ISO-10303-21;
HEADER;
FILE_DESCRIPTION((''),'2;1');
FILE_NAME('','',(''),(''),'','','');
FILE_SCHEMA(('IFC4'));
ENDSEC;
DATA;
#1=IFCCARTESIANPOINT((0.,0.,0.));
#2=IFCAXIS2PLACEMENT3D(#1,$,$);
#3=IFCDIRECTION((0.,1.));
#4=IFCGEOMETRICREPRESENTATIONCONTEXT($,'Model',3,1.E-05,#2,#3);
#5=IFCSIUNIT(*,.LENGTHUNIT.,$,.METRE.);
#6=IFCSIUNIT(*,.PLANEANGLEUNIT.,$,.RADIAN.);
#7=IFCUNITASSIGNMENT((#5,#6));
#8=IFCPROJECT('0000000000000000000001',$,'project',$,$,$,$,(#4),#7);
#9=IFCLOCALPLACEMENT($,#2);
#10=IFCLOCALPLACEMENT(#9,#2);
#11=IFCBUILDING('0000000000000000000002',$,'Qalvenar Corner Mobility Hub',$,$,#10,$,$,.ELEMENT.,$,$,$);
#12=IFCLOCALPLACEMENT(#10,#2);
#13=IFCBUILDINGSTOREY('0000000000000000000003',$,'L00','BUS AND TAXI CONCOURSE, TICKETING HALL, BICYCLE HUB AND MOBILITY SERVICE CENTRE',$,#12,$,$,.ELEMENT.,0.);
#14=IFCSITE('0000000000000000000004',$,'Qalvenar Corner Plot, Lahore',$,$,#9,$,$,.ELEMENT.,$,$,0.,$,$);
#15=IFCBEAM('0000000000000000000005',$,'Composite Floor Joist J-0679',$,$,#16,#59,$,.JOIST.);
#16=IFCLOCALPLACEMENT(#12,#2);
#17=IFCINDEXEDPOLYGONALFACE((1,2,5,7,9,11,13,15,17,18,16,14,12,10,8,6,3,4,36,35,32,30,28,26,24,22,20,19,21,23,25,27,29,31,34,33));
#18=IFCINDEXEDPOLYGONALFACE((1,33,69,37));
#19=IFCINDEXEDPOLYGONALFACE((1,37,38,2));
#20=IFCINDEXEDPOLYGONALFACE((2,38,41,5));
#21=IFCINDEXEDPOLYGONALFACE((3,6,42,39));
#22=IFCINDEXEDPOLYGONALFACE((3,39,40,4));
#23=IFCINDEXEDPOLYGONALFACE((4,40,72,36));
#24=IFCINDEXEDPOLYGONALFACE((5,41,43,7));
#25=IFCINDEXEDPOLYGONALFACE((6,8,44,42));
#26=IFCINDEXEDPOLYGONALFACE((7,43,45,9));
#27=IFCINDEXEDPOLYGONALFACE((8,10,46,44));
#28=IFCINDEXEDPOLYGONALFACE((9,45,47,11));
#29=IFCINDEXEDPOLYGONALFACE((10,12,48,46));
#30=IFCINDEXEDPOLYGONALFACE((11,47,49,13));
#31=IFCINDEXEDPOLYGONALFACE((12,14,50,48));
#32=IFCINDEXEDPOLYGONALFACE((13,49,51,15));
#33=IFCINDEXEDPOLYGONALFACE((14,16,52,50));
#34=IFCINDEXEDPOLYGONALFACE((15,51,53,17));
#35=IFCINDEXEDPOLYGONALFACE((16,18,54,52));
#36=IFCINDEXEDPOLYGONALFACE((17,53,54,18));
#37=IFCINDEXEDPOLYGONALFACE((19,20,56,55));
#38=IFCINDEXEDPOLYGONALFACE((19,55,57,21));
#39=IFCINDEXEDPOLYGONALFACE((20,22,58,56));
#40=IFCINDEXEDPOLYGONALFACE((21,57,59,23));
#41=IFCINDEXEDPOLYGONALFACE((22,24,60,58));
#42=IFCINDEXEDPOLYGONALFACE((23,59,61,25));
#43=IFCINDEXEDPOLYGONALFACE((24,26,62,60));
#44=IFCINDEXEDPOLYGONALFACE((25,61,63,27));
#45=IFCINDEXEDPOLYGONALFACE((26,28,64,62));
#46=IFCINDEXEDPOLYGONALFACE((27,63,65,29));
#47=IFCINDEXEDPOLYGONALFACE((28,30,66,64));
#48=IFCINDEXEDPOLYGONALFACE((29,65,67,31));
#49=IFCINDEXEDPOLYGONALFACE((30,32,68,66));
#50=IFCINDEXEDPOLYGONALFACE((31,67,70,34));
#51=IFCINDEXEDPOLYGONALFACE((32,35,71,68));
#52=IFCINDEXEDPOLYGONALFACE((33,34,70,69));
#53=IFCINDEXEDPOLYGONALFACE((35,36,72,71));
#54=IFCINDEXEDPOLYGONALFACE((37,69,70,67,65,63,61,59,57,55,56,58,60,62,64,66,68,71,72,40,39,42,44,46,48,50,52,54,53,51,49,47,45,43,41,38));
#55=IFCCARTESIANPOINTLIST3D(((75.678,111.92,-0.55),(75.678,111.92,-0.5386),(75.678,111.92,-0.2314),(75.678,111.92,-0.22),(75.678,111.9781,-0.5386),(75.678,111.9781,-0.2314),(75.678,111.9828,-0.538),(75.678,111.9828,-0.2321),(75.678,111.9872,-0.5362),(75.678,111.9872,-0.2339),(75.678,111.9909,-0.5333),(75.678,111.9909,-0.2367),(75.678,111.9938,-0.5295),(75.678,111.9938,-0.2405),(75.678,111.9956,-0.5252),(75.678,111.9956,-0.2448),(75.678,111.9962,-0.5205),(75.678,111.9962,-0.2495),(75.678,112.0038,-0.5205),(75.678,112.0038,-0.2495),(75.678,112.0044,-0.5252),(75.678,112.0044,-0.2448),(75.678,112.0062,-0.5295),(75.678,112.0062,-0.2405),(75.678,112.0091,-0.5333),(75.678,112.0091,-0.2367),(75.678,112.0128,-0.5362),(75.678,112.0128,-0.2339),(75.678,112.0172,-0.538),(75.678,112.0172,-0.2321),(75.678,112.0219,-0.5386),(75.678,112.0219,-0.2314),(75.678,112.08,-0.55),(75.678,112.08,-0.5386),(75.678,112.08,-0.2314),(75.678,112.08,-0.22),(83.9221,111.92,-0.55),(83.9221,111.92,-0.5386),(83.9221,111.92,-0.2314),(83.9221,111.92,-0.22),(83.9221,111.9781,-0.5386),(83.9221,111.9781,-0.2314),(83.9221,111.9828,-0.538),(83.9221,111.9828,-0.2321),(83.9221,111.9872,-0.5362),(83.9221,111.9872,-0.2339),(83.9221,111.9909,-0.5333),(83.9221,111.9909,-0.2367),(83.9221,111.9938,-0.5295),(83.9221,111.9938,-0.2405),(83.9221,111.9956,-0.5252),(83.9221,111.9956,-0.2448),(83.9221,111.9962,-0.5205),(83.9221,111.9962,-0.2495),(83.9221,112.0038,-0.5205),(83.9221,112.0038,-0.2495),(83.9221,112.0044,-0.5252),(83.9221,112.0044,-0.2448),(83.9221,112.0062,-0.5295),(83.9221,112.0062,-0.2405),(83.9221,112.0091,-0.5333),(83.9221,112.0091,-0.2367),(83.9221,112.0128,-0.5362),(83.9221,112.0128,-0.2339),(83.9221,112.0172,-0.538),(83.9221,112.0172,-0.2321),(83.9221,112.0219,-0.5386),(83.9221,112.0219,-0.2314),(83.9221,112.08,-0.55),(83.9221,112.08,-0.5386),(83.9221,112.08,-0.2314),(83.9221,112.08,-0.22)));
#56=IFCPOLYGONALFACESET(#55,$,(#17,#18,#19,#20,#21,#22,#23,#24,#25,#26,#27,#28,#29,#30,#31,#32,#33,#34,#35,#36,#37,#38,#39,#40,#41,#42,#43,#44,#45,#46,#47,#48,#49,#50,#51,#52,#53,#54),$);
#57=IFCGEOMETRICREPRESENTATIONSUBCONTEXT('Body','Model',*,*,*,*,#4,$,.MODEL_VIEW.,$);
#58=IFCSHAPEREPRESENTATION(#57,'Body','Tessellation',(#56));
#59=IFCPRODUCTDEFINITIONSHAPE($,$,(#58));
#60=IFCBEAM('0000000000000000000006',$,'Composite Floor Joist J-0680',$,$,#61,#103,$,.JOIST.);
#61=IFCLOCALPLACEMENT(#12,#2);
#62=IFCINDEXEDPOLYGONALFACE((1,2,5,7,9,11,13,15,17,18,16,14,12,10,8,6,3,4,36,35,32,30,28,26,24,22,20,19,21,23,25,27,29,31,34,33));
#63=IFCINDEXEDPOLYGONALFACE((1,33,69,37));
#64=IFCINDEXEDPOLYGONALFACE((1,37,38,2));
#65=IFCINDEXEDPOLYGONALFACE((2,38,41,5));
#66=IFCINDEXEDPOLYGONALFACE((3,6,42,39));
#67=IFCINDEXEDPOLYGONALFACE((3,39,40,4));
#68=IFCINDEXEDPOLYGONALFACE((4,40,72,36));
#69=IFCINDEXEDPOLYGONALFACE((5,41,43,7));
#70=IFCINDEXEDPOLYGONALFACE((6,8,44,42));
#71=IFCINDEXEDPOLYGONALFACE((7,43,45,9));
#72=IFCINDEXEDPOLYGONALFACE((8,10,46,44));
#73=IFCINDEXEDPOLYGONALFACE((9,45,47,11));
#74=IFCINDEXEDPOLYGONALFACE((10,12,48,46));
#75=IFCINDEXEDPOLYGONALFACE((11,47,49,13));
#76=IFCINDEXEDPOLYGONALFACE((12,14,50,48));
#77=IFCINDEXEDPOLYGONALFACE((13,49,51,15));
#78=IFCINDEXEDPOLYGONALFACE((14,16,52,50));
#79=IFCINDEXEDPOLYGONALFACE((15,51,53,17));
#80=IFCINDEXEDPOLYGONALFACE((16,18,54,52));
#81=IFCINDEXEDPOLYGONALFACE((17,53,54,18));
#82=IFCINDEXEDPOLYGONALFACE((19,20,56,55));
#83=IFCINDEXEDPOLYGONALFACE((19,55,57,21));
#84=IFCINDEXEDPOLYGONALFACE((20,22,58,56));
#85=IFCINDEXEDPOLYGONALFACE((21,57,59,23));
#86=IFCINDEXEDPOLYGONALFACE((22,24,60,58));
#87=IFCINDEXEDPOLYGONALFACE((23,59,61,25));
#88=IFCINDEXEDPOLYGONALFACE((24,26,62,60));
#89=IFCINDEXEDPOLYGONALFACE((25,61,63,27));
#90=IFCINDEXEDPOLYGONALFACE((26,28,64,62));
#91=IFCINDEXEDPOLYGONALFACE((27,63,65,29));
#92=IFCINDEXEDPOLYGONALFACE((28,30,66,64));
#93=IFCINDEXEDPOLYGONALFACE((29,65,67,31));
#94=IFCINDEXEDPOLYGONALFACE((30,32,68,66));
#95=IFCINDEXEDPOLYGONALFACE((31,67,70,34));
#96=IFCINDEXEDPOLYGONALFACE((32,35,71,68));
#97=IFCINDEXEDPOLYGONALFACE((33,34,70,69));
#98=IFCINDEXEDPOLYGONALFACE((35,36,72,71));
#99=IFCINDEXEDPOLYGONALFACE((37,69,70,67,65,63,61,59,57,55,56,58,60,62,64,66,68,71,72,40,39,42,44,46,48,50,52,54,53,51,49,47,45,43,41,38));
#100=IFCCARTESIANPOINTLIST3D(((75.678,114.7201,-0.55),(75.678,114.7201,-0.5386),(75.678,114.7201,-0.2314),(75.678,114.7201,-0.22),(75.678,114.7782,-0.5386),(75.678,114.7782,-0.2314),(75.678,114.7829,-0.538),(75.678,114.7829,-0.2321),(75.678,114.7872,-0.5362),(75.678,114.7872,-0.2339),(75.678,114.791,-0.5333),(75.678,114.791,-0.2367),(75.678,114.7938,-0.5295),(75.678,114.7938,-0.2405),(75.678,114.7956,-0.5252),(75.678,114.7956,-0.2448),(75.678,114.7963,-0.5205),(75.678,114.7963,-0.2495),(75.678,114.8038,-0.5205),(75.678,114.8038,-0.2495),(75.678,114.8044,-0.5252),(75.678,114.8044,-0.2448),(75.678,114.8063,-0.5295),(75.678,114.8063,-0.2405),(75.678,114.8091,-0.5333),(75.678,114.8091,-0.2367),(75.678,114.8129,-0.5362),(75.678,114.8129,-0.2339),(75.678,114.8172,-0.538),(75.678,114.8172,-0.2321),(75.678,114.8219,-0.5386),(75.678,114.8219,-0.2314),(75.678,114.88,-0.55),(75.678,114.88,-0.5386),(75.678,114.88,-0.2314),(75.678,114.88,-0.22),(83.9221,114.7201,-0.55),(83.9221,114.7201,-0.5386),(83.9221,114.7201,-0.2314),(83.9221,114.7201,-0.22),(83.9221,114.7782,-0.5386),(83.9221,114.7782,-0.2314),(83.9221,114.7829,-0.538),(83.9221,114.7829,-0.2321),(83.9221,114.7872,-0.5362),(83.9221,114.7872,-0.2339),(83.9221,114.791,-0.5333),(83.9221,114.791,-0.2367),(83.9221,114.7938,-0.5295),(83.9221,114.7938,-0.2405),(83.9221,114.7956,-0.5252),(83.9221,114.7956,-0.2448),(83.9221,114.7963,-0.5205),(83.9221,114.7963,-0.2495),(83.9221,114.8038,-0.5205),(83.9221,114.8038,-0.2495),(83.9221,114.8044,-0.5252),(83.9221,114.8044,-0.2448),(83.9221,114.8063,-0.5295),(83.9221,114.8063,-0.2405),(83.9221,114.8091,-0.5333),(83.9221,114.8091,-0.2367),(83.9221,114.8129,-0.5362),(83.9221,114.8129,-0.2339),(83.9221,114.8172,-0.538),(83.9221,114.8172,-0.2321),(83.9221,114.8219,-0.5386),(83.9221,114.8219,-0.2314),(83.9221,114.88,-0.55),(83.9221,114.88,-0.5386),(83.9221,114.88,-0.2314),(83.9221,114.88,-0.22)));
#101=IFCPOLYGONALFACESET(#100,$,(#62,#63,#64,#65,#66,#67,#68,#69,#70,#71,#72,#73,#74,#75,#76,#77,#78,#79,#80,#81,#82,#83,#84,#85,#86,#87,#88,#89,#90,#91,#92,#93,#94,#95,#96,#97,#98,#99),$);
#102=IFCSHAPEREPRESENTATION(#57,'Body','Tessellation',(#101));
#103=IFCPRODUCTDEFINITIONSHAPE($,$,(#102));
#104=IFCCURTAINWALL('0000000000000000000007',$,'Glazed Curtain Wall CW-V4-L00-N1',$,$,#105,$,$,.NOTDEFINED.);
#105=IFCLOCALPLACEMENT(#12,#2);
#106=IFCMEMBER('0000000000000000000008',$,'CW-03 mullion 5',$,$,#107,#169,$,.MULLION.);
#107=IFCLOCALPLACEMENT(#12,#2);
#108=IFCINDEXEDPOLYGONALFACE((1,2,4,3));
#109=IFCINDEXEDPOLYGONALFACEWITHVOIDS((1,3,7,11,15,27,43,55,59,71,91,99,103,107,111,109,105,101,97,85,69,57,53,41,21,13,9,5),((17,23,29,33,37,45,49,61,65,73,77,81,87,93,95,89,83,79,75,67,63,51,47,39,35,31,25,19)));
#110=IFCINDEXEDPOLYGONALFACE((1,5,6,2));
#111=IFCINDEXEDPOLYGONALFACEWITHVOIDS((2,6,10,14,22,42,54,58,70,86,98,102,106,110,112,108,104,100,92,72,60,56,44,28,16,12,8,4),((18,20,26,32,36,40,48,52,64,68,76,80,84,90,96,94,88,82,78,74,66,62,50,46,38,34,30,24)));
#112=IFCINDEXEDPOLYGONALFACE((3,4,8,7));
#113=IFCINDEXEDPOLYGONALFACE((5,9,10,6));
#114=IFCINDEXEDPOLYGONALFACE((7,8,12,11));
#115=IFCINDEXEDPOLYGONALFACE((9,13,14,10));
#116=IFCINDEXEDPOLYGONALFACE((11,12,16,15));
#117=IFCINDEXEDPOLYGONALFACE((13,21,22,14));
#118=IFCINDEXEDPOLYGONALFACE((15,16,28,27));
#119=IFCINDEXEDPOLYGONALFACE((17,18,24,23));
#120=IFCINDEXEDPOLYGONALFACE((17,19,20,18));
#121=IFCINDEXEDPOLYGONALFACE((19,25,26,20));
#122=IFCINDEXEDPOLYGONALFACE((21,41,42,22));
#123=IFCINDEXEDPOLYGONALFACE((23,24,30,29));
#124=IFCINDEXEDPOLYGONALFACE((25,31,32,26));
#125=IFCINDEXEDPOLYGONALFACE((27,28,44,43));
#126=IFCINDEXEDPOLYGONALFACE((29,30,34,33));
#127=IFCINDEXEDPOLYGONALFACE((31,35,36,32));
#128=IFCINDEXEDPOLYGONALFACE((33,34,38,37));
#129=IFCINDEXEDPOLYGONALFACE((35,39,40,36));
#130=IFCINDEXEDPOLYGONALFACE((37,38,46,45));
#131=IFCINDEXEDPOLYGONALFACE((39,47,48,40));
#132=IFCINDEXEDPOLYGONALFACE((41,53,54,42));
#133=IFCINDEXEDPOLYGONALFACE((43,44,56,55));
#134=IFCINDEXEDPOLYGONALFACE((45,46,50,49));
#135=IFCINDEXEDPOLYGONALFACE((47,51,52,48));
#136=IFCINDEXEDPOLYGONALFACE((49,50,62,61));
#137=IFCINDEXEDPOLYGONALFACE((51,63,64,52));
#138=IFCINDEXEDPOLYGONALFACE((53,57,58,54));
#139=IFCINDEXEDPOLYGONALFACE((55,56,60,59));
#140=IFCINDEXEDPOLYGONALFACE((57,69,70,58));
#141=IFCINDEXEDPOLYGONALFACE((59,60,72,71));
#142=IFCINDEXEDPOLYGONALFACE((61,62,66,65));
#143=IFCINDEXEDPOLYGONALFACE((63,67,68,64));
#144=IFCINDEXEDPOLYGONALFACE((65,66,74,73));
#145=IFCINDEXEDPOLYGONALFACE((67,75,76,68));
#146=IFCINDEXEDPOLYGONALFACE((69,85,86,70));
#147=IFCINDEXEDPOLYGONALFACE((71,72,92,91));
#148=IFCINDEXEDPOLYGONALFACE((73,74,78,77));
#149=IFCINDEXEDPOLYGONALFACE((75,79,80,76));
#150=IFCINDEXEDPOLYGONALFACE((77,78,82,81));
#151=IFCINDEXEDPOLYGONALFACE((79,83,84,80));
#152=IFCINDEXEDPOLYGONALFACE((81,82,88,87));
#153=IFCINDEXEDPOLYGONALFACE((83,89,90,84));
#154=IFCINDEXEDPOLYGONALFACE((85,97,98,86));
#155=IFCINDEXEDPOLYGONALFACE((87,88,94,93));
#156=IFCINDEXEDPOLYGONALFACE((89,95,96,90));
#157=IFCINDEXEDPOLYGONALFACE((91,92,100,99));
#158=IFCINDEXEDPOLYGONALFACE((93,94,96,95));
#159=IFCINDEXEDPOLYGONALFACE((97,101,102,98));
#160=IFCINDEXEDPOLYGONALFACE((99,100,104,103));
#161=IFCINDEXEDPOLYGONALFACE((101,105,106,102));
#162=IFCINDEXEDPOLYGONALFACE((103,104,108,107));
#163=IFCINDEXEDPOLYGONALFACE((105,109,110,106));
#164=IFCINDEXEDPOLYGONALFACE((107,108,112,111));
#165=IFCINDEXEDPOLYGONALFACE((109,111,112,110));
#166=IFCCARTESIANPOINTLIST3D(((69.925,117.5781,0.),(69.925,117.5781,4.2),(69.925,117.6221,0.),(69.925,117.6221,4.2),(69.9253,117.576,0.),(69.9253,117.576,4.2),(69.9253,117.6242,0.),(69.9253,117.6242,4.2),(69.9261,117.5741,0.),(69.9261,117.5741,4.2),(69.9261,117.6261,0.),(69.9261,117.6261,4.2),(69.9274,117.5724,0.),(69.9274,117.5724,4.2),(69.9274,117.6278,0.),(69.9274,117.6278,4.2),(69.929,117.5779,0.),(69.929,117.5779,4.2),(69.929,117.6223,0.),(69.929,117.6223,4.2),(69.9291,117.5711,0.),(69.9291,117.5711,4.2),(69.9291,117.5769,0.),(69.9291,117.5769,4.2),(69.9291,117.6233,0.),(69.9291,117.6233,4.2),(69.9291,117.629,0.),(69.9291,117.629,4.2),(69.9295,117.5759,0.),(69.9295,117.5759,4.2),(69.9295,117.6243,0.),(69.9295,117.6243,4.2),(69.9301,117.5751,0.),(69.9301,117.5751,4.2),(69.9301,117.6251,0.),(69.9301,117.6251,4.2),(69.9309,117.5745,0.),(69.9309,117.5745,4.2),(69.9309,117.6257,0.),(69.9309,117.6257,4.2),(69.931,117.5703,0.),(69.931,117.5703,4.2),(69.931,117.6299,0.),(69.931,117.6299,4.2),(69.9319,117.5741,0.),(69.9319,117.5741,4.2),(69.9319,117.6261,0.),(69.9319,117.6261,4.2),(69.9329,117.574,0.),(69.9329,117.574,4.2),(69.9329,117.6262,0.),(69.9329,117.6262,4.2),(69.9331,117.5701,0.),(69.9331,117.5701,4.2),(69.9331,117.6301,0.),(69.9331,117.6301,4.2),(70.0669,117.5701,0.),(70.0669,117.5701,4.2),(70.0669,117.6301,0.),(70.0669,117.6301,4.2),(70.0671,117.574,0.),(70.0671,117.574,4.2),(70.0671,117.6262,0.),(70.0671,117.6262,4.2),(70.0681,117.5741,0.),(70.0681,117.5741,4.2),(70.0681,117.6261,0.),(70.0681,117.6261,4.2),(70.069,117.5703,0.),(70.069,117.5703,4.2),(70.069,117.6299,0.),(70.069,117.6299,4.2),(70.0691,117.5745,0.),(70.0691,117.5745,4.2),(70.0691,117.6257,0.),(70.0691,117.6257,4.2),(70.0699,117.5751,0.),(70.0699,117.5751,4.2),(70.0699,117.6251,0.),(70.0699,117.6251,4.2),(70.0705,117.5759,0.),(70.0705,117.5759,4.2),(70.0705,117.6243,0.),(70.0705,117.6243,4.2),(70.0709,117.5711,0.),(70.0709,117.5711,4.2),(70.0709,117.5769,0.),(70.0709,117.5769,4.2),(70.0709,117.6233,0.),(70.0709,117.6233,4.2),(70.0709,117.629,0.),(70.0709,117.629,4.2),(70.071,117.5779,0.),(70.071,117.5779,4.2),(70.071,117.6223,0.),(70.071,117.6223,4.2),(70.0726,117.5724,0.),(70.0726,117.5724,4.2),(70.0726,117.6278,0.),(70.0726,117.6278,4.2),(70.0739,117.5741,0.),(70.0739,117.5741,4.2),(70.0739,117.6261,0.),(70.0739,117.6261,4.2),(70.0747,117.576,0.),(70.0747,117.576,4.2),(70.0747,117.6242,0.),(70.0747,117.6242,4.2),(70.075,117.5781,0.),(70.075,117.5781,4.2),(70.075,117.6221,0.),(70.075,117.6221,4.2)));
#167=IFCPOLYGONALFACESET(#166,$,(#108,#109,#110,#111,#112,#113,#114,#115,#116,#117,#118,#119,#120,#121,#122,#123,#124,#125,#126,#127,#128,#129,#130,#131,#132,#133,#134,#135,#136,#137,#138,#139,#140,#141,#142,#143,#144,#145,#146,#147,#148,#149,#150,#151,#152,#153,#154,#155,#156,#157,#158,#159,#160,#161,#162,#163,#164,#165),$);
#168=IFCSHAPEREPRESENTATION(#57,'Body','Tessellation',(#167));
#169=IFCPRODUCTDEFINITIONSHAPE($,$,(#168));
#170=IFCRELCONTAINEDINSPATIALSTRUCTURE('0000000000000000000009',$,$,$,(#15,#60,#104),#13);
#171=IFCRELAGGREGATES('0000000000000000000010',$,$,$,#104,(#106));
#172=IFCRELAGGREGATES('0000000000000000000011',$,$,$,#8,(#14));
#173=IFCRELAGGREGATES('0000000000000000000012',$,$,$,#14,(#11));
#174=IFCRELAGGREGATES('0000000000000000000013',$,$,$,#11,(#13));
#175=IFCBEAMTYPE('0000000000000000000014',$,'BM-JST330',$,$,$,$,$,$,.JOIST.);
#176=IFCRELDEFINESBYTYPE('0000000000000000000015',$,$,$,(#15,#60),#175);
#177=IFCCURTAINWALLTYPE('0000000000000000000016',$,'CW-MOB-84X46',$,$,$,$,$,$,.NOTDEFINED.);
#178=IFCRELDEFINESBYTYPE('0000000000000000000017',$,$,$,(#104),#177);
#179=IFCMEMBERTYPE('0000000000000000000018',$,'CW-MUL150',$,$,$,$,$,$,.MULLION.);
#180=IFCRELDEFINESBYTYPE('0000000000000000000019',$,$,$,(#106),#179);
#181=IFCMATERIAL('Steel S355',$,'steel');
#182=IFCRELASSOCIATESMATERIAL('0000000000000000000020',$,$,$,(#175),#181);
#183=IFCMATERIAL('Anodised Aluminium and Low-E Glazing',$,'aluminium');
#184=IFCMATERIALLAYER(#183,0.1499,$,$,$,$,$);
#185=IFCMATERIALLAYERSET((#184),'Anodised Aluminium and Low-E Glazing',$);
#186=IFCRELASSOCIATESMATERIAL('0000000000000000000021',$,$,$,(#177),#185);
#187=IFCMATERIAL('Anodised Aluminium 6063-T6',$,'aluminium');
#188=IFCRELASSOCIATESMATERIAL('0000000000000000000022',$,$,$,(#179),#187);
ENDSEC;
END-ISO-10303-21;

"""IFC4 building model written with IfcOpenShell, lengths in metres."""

from ifc_helpers import new_model, si_unit, direction, frame, origin, origin_2d, place, context, subcontext, project, spatial, hollow_rectangle, i_section, extrude, material, layer, layer_set, material_profile, profile_set, type_object, element, aggregate, save


model = new_model("IFC4")

# Units and contexts
model_context = context("Model", 3, precision=1e-05, world=origin(), true_north=direction((0.0, 1.0)))
body_context = subcontext(model_context, "Body", "Model", "MODEL_VIEW")
ifc_project = project(units=[si_unit("LENGTHUNIT", "METRE"), si_unit("PLANEANGLEUNIT", "RADIAN")], contexts=[model_context])

# Site, building, storey
site_placement = place(None, origin())
site = spatial("IfcSite", under=ifc_project, at=site_placement, Name="Qalvenar Corner Plot, Lahore", CompositionType="ELEMENT", RefElevation=0.0)
building_placement = place(site_placement, origin())
building = spatial("IfcBuilding", under=site, at=building_placement, Name="Qalvenar Corner Mobility Hub", CompositionType="ELEMENT")
storey_placement = place(building_placement, origin())
storey = spatial("IfcBuildingStorey", under=building, at=storey_placement, Name="L00", Description="BUS AND TAXI CONCOURSE, TICKETING HALL, BICYCLE HUB AND MOBILITY SERVICE CENTRE", CompositionType="ELEMENT", Elevation=0.0)

# Beams
ifc_material_1 = material(Name="Steel S355", Category="steel")
ifc_material_profile_1 = material_profile(ifc_material_1, i_section(OverallWidth=0.1599, OverallDepth=0.3301, WebThickness=0.0076, FlangeThickness=0.0115, FilletRadius=0.0181, at=origin_2d()), Name="IPE330")
ifc_profile_set_1 = profile_set([ifc_material_profile_1], Name="Steel S355")
beam_type_1 = type_object("IfcBeamType", Name="BM-JST330", PredefinedType="JOIST", material=ifc_profile_set_1)
for number, where, z_axis, x_axis, name in (
    (1, (75.678, 112.0, -0.385), (1.0, 0.0, 0.0), (0.0, 1.0, 0.0), "Composite Floor Joist J-0679"),
    (2, (75.678, 114.8, -0.385), (1.0, 0.0, 0.0), (0.0, 1.0, 0.0), "Composite Floor Joist J-0680"),
):
    element("IfcBeam", number, at=place(storey_placement, frame(where, z_axis=z_axis, x_axis=x_axis)), inside=storey, type_object=beam_type_1, Name=name, PredefinedType="JOIST", context=body_context, shape_type="SweptSolid", body=[
        extrude(i_section(OverallWidth=0.1599, OverallDepth=0.3301, WebThickness=0.0076, FlangeThickness=0.0115, FilletRadius=0.0181, at=origin_2d()), origin(), (0.0, 0.0, 1.0), 8.2441),
    ])

# Curtain wall, member
ifc_material_2 = material(Name="Anodised Aluminium and Low-E Glazing", Category="aluminium")
ifc_layer_1 = layer(ifc_material_2, 0.1499)
ifc_layer_set_1 = layer_set([ifc_layer_1], Name="Anodised Aluminium and Low-E Glazing")
curtain_wall_type = type_object("IfcCurtainWallType", Name="CW-MOB-84X46", PredefinedType="NOTDEFINED", material=ifc_layer_set_1)
curtain_wall_placement = place(storey_placement, origin())
curtain_wall = element("IfcCurtainWall", 3, at=curtain_wall_placement, inside=storey, type_object=curtain_wall_type, Name="Glazed Curtain Wall CW-V4-L00-N1", PredefinedType="NOTDEFINED")
ifc_material_3 = material(Name="Anodised Aluminium 6063-T6", Category="aluminium")
ifc_material_profile_2 = material_profile(ifc_material_3, hollow_rectangle(XDim=0.0601, YDim=0.1499, WallThickness=0.0039, InnerFilletRadius=0.0039, OuterFilletRadius=0.0081, at=origin_2d()), Name="RHS150x60x4")
ifc_profile_set_2 = profile_set([ifc_material_profile_2], Name="Anodised Aluminium 6063-T6")
member_type_1 = type_object("IfcMemberType", Name="CW-MUL150", PredefinedType="MULLION", material=ifc_profile_set_2)
member_1_placement = place(storey_placement, frame((70.0, 117.6001, 0.0), z_axis=(0.0, 0.0, 1.0), x_axis=(0.0, -1.0, 0.0)))
member_1 = element("IfcMember", 4, at=member_1_placement, type_object=member_type_1, Name="CW-03 mullion 5", PredefinedType="MULLION", context=body_context, shape_type="SweptSolid", body=[
    extrude(hollow_rectangle(XDim=0.0601, YDim=0.1499, WallThickness=0.0039, InnerFilletRadius=0.0039, OuterFilletRadius=0.0081, at=origin_2d()), origin(), (0.0, 0.0, 1.0), 4.2),
])
aggregate(curtain_wall, [member_1])

save(model, "model.ifc")
